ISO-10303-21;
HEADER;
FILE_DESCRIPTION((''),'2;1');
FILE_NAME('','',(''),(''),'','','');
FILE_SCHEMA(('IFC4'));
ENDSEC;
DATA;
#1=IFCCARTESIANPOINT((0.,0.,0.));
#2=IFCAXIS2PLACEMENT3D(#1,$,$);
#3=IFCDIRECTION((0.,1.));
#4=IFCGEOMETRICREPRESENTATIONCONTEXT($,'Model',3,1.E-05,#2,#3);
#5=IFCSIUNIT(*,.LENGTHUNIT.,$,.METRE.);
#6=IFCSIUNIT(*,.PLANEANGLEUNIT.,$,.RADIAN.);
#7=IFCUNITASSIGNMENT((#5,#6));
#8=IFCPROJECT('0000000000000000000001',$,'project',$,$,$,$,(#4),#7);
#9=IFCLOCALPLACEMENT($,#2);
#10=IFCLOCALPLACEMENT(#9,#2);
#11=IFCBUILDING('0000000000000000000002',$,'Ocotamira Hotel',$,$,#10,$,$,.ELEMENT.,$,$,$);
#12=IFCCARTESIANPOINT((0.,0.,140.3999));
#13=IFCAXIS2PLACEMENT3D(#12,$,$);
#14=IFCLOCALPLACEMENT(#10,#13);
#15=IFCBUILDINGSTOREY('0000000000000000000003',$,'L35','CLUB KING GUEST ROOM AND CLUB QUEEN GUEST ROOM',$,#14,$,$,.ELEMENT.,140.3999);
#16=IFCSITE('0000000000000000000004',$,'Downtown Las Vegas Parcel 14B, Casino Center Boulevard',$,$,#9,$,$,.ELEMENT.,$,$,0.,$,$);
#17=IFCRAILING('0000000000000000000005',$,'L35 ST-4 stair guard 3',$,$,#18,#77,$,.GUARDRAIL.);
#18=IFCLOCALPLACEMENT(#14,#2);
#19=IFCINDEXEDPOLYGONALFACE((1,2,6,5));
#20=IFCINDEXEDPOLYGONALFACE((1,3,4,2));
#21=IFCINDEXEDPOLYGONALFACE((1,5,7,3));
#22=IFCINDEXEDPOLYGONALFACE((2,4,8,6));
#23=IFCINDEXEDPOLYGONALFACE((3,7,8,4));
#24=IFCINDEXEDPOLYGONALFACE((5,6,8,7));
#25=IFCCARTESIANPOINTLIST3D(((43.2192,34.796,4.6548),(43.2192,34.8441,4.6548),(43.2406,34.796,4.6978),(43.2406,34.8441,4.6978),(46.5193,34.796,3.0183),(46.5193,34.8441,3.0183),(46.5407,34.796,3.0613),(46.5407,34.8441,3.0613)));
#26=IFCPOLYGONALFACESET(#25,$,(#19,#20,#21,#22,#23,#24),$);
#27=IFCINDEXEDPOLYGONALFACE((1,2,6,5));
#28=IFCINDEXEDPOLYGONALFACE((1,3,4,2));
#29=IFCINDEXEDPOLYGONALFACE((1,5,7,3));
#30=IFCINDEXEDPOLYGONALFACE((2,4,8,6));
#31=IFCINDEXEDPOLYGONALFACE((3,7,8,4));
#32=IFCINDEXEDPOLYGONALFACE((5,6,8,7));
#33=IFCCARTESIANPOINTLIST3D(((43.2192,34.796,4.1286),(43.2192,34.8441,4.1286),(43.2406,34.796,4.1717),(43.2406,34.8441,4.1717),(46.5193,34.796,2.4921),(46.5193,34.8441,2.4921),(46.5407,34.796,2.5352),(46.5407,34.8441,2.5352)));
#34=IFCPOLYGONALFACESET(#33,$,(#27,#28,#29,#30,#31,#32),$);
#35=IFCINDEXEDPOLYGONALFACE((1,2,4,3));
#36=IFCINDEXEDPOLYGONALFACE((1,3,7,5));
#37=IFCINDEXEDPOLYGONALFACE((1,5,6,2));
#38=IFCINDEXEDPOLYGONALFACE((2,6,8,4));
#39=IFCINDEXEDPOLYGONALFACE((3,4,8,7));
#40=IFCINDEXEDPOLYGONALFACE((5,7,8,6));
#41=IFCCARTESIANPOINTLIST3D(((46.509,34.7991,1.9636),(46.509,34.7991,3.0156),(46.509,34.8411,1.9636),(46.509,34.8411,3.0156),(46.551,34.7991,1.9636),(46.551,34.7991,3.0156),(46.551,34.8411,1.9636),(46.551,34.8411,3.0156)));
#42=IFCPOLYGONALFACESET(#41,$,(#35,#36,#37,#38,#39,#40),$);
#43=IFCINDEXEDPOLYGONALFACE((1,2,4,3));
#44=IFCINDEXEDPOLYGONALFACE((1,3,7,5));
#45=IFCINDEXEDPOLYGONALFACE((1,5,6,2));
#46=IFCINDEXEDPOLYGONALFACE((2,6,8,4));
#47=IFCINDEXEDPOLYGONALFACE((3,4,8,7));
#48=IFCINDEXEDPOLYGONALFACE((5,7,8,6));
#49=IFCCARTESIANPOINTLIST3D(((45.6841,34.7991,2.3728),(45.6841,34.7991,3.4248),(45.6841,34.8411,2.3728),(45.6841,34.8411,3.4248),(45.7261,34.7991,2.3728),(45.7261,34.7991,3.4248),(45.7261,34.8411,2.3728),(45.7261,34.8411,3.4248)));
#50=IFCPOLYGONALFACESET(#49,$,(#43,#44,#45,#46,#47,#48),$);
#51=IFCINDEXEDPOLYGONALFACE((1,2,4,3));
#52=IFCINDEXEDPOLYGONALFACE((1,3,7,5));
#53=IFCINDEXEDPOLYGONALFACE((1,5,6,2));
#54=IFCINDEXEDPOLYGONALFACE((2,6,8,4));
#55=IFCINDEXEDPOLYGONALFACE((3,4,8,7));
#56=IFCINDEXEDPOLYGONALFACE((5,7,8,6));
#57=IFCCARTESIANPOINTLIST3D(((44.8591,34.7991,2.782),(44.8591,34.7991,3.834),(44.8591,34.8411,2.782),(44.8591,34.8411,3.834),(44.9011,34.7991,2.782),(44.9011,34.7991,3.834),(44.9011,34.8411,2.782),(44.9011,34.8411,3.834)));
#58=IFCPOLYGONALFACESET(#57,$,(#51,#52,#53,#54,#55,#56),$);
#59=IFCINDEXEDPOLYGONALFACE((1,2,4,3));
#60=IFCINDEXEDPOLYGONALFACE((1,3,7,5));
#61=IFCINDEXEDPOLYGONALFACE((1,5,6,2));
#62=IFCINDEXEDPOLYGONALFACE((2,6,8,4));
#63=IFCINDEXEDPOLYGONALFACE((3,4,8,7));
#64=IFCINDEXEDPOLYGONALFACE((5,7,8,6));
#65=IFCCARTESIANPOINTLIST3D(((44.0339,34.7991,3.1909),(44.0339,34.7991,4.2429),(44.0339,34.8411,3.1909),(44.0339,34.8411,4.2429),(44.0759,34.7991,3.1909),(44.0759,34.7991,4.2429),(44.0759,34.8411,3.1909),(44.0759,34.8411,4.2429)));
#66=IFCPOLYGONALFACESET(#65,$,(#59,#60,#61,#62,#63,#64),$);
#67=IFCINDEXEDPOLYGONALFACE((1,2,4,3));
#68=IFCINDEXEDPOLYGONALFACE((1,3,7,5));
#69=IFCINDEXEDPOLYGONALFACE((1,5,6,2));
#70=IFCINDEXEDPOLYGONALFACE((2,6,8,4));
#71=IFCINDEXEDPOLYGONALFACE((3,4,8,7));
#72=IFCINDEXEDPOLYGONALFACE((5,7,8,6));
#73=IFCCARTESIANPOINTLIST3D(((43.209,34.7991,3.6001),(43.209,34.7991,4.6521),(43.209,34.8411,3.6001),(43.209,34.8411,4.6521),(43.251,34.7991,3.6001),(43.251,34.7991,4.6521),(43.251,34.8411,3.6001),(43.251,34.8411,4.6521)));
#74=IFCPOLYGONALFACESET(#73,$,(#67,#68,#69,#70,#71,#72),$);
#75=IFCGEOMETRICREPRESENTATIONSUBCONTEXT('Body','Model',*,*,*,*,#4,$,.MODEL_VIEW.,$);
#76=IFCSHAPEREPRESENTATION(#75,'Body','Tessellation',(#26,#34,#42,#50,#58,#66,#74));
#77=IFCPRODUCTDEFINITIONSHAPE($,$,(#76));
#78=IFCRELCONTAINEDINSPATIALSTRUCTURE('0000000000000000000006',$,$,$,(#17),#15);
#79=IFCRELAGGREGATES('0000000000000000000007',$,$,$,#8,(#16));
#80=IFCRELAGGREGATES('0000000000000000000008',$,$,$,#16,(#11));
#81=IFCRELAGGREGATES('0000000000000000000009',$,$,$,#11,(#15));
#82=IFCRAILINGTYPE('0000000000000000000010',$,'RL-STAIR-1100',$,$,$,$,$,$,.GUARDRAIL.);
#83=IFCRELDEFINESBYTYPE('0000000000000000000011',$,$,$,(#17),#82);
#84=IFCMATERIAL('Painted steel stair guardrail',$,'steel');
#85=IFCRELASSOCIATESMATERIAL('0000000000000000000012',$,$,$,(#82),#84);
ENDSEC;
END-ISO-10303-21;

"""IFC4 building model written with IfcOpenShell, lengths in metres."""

from ifc_helpers import new_model, si_unit, direction, frame, origin, origin_2d, place, context, subcontext, project, spatial, rectangle, extrude, material, type_object, element, save


model = new_model("IFC4")

# Units and contexts
model_context = context("Model", 3, precision=1e-05, world=origin(), true_north=direction((0.0, 1.0)))
body_context = subcontext(model_context, "Body", "Model", "MODEL_VIEW")
ifc_project = project(units=[si_unit("LENGTHUNIT", "METRE"), si_unit("PLANEANGLEUNIT", "RADIAN")], contexts=[model_context])

# Site, building, storey
site_placement = place(None, origin())
site = spatial("IfcSite", under=ifc_project, at=site_placement, Name="Downtown Las Vegas Parcel 14B, Casino Center Boulevard", CompositionType="ELEMENT", RefElevation=0.0)
building_placement = place(site_placement, origin())
building = spatial("IfcBuilding", under=site, at=building_placement, Name="Ocotamira Hotel", CompositionType="ELEMENT")
storey_placement = place(building_placement, frame((0.0, 0.0, 140.3999)))
storey = spatial("IfcBuildingStorey", under=building, at=storey_placement, Name="L35", Description="CLUB KING GUEST ROOM AND CLUB QUEEN GUEST ROOM", CompositionType="ELEMENT", Elevation=140.3999)

# Railing
ifc_material_1 = material(Name="Painted steel stair guardrail", Category="steel")
railing_type_1 = type_object("IfcRailingType", Name="RL-STAIR-1100", PredefinedType="GUARDRAIL", material=ifc_material_1)
railing_1_placement = place(storey_placement, frame((46.53, 34.8201, 1.9636)))
element("IfcRailing", 1, at=railing_1_placement, inside=storey, type_object=railing_type_1, Name="L35 ST-4 stair guard 3", PredefinedType="GUARDRAIL", context=body_context, shape_type="SweptSolid", body=[
    extrude(rectangle(XDim=0.0481, YDim=0.0481, at=origin_2d()), frame((0.0, 0.0, 1.0762), z_axis=(-0.895894, 0.0, 0.444268), x_axis=(0.0, -1.0, 0.0)), (0.0, 0.0, 1.0), 3.6836),
    extrude(rectangle(XDim=0.0481, YDim=0.0481, at=origin_2d()), frame((0.0, 0.0, 0.55), z_axis=(-0.895894, 0.0, 0.444268), x_axis=(0.0, -1.0, 0.0)), (0.0, 0.0, 1.0), 3.6836),
    extrude(rectangle(XDim=0.042, YDim=0.042, at=origin_2d()), origin(), (0.0, 0.0, 1.0), 1.052),
    extrude(rectangle(XDim=0.042, YDim=0.042, at=origin_2d()), frame((-0.825, 0.0, 0.4092)), (0.0, 0.0, 1.0), 1.052),
    extrude(rectangle(XDim=0.042, YDim=0.042, at=origin_2d()), frame((-1.6499, 0.0, 0.8184)), (0.0, 0.0, 1.0), 1.052),
    extrude(rectangle(XDim=0.042, YDim=0.042, at=origin_2d()), frame((-2.4751, 0.0, 1.2273)), (0.0, 0.0, 1.0), 1.052),
    extrude(rectangle(XDim=0.042, YDim=0.042, at=origin_2d()), frame((-3.3, 0.0, 1.6365)), (0.0, 0.0, 1.0), 1.052),
])

save(model, "model.ifc")
